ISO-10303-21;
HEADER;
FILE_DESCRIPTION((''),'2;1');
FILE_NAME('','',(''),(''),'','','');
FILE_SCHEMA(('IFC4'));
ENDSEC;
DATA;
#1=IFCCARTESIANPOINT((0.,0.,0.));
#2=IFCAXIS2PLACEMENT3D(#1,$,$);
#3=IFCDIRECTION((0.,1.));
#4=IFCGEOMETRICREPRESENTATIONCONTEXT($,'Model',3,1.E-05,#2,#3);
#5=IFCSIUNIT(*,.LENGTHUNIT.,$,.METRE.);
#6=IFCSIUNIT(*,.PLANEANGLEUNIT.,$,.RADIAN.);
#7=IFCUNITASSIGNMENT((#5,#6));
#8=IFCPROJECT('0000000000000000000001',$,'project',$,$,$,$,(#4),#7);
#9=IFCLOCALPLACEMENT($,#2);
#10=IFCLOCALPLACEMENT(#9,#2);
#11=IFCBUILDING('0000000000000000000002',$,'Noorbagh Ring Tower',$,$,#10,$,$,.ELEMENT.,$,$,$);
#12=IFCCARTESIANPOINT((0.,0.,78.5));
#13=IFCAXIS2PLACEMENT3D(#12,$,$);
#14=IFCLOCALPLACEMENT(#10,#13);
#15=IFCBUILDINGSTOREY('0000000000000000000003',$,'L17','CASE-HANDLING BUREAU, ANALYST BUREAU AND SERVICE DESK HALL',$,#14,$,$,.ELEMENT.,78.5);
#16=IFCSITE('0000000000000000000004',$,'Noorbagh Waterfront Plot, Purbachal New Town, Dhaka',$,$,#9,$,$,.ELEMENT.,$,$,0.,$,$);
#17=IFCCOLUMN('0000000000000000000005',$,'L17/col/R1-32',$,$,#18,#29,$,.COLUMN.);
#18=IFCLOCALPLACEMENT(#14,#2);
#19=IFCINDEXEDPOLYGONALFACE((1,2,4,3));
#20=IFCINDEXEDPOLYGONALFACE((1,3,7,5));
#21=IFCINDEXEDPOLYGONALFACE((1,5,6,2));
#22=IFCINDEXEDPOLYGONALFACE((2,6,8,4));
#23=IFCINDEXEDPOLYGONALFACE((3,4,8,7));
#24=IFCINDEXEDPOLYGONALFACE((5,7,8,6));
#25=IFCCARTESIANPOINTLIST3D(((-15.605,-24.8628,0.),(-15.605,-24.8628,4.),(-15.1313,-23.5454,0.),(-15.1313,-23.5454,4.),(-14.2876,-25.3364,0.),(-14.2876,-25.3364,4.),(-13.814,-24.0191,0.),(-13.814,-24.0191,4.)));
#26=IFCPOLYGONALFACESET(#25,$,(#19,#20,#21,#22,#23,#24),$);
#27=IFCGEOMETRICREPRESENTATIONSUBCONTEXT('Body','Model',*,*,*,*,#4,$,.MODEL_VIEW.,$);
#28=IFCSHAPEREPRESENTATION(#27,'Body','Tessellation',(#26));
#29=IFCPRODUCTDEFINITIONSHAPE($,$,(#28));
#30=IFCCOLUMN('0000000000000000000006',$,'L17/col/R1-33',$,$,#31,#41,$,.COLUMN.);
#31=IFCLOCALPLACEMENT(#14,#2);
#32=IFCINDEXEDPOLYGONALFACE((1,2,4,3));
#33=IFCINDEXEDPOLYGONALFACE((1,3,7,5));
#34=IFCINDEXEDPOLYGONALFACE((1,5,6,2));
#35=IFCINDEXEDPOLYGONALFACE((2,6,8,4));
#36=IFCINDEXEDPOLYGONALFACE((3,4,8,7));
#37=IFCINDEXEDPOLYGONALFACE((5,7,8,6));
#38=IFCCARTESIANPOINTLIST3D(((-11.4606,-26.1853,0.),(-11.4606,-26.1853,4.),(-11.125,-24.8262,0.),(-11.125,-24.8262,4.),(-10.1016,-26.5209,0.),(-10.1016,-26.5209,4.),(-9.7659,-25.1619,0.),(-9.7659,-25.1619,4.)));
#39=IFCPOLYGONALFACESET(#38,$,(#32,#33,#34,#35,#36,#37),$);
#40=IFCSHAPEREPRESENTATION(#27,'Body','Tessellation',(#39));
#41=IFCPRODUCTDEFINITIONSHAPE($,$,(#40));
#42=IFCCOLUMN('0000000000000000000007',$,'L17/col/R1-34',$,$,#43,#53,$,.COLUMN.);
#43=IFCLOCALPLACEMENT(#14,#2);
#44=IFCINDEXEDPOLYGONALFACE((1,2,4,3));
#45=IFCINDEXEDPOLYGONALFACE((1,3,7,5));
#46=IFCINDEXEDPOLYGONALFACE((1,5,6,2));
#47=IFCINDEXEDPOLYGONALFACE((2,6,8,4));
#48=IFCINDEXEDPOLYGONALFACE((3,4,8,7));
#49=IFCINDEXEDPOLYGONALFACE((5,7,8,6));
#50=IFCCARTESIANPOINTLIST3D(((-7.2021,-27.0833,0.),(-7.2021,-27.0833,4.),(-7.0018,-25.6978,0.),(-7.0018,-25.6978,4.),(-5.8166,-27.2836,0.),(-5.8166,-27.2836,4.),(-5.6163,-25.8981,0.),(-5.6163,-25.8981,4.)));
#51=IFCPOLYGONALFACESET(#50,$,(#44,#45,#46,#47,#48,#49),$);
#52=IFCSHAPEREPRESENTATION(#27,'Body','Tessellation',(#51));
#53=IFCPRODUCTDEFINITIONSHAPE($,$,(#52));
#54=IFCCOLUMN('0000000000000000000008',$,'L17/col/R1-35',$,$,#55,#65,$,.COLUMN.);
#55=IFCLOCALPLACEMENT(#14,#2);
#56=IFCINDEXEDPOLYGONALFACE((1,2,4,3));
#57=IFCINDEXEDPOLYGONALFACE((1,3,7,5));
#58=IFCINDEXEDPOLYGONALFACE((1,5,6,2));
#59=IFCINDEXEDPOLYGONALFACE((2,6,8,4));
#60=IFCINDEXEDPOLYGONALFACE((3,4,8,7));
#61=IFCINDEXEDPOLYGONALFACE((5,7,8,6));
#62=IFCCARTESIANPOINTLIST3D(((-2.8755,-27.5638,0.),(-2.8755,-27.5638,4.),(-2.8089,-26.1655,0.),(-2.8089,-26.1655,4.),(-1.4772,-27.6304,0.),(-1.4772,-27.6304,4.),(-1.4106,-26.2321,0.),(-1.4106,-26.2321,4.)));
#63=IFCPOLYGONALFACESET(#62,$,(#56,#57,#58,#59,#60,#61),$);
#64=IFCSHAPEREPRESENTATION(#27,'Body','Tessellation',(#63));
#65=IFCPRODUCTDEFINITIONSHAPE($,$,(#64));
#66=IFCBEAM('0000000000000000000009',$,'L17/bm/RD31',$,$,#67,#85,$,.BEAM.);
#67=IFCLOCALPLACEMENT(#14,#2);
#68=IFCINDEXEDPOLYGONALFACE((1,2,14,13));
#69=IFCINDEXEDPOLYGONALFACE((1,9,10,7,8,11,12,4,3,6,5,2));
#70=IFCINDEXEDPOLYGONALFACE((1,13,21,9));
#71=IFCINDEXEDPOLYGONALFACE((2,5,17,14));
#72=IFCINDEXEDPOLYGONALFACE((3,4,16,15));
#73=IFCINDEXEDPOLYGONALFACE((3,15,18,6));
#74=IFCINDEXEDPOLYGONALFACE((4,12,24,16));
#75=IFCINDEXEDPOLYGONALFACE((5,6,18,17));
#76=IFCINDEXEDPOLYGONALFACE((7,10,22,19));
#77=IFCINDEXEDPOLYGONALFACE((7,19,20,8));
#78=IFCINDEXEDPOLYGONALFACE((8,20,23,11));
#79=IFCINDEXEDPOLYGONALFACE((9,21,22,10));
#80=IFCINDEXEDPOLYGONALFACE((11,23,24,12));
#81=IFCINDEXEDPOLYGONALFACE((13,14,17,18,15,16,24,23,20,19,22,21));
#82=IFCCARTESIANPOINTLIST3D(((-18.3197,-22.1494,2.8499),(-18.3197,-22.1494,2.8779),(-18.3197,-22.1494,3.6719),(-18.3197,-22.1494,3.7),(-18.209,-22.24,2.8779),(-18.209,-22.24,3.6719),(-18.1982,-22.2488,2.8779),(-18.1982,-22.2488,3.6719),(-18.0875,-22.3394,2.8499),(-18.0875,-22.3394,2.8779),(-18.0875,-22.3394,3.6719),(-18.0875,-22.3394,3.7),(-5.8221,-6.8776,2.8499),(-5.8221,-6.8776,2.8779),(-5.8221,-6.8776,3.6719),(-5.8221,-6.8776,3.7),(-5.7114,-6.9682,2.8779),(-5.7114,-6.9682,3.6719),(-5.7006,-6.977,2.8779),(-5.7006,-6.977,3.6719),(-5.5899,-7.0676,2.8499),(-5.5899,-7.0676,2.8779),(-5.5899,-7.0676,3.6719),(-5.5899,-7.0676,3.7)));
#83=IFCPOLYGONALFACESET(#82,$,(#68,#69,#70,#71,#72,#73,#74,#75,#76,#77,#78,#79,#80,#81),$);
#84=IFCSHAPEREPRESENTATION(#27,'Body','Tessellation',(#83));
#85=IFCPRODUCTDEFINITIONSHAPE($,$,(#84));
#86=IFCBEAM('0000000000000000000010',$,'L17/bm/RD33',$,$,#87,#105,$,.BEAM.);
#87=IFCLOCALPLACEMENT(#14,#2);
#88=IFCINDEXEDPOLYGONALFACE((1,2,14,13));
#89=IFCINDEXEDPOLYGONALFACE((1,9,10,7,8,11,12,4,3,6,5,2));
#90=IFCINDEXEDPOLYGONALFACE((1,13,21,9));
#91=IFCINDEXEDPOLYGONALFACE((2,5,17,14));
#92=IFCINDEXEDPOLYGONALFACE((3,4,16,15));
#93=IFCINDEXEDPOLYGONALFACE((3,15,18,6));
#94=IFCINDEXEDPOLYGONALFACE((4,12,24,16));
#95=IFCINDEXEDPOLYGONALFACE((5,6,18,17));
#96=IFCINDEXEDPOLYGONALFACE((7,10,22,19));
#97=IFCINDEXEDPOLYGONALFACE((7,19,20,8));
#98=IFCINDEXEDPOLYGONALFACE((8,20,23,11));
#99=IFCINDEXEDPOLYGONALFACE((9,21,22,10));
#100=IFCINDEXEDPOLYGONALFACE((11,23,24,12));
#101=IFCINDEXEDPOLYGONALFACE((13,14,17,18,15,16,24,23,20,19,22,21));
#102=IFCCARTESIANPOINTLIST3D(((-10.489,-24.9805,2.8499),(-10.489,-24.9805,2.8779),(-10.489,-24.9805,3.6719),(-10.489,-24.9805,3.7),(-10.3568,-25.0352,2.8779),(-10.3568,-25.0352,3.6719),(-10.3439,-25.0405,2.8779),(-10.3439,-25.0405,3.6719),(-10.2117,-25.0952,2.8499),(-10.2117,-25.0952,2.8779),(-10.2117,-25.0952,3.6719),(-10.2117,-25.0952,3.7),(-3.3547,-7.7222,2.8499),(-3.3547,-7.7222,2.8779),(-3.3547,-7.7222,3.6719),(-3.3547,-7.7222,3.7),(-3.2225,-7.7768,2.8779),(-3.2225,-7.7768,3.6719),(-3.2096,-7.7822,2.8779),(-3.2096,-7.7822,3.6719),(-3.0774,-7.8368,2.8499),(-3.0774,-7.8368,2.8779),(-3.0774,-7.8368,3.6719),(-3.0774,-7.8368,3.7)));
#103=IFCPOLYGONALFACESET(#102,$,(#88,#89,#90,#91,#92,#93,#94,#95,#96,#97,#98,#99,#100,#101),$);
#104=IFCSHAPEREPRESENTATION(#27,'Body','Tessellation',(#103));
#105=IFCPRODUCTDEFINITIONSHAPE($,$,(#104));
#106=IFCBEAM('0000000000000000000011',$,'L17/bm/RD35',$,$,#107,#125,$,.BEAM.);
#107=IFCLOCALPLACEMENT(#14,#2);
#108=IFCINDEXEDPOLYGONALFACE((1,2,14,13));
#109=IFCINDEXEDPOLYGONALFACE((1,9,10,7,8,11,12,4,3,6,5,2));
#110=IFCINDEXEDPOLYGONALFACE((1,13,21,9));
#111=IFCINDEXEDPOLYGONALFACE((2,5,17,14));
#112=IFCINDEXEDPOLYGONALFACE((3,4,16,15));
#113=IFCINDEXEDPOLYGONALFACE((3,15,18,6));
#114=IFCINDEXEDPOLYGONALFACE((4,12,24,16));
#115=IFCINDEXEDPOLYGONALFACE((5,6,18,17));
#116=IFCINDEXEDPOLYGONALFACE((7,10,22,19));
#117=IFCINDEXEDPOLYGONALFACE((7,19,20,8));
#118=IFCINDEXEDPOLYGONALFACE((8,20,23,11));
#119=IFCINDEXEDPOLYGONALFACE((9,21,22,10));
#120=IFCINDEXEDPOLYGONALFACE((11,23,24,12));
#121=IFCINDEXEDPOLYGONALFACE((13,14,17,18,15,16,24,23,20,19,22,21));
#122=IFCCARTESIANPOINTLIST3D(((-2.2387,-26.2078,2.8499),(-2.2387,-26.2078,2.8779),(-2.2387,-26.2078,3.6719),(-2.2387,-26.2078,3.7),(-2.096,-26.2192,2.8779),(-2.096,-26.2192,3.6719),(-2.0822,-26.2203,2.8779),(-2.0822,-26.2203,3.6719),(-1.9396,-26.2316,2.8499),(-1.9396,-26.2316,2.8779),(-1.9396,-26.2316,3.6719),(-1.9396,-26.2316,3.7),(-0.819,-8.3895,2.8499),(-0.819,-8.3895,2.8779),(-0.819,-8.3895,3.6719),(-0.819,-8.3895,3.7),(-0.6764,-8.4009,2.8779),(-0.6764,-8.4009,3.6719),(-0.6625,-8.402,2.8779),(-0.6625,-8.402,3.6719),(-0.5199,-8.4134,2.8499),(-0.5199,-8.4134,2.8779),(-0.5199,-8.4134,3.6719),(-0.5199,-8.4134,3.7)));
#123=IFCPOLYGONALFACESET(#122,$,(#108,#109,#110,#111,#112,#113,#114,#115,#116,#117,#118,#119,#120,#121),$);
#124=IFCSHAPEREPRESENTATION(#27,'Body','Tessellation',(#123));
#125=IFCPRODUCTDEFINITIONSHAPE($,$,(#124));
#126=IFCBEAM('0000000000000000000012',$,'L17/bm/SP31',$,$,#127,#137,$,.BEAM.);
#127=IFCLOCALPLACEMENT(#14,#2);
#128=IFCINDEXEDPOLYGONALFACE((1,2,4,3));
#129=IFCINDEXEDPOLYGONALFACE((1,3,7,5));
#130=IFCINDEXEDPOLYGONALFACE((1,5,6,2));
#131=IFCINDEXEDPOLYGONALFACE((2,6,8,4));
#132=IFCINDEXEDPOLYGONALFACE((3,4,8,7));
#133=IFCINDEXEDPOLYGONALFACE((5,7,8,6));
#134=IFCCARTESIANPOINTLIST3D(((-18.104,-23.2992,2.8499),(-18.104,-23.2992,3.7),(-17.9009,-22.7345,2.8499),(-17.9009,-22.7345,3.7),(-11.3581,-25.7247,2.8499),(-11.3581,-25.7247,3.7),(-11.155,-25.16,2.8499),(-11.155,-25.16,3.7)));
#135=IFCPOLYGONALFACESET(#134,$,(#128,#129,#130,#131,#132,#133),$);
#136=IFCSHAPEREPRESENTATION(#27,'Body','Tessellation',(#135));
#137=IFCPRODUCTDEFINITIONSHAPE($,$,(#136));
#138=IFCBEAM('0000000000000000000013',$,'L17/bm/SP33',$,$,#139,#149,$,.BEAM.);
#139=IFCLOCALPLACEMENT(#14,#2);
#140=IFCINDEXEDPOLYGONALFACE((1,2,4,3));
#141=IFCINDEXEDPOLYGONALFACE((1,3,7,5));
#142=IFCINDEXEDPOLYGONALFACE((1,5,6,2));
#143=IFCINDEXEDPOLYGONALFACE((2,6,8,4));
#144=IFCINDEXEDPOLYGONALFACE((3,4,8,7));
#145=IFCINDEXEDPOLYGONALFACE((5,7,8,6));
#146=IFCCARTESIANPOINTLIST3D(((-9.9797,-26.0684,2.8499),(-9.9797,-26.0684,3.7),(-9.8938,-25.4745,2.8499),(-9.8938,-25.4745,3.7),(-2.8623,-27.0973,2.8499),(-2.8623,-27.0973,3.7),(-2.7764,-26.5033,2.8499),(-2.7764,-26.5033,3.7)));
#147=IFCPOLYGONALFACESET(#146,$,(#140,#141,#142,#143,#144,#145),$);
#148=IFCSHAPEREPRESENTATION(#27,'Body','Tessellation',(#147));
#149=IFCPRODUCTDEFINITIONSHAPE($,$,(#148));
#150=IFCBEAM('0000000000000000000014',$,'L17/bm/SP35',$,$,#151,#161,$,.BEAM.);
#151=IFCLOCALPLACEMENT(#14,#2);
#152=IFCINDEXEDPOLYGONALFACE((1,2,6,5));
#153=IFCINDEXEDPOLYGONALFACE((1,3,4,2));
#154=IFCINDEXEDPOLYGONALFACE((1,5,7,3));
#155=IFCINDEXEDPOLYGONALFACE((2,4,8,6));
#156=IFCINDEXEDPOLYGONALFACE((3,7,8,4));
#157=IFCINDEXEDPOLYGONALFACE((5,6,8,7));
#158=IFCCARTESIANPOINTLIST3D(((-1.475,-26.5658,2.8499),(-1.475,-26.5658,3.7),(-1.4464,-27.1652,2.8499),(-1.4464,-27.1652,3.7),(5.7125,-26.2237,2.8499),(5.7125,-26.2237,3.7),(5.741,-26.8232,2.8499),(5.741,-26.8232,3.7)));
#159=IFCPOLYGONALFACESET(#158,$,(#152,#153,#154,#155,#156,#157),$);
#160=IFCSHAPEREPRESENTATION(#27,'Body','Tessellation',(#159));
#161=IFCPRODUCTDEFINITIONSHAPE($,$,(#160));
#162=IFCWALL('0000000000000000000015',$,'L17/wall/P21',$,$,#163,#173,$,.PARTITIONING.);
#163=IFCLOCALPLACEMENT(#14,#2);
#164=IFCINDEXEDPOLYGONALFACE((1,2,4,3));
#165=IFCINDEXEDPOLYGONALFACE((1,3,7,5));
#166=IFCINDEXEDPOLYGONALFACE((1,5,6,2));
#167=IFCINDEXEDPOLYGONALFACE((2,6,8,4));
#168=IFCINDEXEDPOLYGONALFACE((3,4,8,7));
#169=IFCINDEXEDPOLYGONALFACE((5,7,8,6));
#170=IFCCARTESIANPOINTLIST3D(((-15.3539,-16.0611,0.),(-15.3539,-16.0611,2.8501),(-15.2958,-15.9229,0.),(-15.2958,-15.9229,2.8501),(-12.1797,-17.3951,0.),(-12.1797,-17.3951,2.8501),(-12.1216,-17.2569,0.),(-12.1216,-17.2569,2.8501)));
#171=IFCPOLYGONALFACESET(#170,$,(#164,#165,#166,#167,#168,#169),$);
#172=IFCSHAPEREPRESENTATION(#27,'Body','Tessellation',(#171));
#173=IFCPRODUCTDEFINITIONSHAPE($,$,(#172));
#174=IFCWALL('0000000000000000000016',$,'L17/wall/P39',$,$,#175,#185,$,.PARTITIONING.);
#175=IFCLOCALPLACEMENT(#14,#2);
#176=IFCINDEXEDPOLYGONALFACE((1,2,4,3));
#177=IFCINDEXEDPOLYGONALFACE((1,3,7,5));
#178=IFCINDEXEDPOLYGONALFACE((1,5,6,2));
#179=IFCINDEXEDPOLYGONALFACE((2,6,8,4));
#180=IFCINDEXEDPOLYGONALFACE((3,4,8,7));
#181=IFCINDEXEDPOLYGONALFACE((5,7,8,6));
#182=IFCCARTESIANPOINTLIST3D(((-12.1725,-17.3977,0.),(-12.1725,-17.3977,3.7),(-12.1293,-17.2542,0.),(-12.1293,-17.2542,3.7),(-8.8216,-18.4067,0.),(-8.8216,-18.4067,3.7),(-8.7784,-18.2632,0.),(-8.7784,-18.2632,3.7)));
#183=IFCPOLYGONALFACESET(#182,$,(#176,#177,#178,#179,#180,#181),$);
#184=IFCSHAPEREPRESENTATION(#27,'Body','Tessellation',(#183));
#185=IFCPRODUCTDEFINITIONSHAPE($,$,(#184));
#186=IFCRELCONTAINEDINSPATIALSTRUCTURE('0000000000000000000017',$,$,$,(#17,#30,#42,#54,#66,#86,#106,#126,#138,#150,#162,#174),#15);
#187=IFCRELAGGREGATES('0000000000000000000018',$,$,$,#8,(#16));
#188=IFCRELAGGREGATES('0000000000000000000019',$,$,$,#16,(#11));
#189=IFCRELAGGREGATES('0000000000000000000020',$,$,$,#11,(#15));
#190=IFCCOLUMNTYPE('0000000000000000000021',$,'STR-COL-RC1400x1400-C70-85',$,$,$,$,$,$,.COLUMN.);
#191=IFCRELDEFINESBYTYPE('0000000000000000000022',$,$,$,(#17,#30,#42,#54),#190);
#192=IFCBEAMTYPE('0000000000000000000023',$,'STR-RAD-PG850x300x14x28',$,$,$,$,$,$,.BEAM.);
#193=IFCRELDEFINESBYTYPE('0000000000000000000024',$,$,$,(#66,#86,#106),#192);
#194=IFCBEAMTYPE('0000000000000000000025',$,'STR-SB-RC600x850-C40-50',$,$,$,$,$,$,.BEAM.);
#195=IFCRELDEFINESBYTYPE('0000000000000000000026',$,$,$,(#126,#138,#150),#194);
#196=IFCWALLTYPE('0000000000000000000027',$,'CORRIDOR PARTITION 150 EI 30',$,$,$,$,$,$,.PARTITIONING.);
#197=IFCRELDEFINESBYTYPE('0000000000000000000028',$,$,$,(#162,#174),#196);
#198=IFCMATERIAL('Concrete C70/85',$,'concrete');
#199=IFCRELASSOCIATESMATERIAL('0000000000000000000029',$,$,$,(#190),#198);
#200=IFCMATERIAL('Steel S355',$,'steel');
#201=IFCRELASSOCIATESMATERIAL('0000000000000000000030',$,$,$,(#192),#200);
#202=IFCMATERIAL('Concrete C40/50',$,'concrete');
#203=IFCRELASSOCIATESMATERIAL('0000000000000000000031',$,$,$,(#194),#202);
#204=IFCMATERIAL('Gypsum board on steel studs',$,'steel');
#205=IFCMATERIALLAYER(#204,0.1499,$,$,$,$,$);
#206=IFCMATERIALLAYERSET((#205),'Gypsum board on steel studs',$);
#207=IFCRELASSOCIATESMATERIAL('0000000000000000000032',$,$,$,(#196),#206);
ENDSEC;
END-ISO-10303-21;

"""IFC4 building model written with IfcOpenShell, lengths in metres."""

from ifc_helpers import new_model, si_unit, direction, frame, frame_2d, origin, origin_2d, place, context, subcontext, project, spatial, rectangle, i_section, extrude, material, layer, layer_set, material_profile, profile_set, type_object, element, save


model = new_model("IFC4")

# Units and contexts
model_context = context("Model", 3, precision=1e-05, world=origin(), true_north=direction((0.0, 1.0)))
body_context = subcontext(model_context, "Body", "Model", "MODEL_VIEW")
ifc_project = project(units=[si_unit("LENGTHUNIT", "METRE"), si_unit("PLANEANGLEUNIT", "RADIAN")], contexts=[model_context])

# Site, building, storey
site_placement = place(None, origin())
site = spatial("IfcSite", under=ifc_project, at=site_placement, Name="Noorbagh Waterfront Plot, Purbachal New Town, Dhaka", CompositionType="ELEMENT", RefElevation=0.0)
building_placement = place(site_placement, origin())
building = spatial("IfcBuilding", under=site, at=building_placement, Name="Noorbagh Ring Tower", CompositionType="ELEMENT")
storey_placement = place(building_placement, frame((0.0, 0.0, 78.5)))
storey = spatial("IfcBuildingStorey", under=building, at=storey_placement, Name="L17", Description="CASE-HANDLING BUREAU, ANALYST BUREAU AND SERVICE DESK HALL", CompositionType="ELEMENT", Elevation=78.5)

# Columns
ifc_material_1 = material(Name="Concrete C70/85", Category="concrete")
ifc_material_profile_1 = material_profile(ifc_material_1, rectangle(XDim=1.3999, YDim=1.3999, at=origin_2d()), Name="RC1400x1400")
ifc_profile_set_1 = profile_set([ifc_material_profile_1], Name="Concrete C70/85")
column_type = type_object("IfcColumnType", Name="STR-COL-RC1400x1400-C70-85", PredefinedType="COLUMN", material=ifc_profile_set_1)
for number, where, z_axis, x_axis, name in (
    (1, (-14.7095, -24.4409, 0.0), (0.0, 0.0, 1.0), (0.941025, -0.338338, 0.0), "L17/col/R1-32"),
    (2, (-10.6133, -25.6736, 0.0), (0.0, 0.0, 1.0), (0.970829, -0.239771, 0.0), "L17/col/R1-33"),
    (3, (-6.4092, -26.4907, 0.0), (0.0, 0.0, 1.0), (0.989713, -0.143066, 0.0), "L17/col/R1-34"),
    (4, (-2.1431, -26.8979, 0.0), (0.0, 0.0, 1.0), (0.998869, -0.047553, 0.0), "L17/col/R1-35"),
):
    element("IfcColumn", number, at=place(storey_placement, frame(where, z_axis=z_axis, x_axis=x_axis)), inside=storey, type_object=column_type, Name=name, PredefinedType="COLUMN", context=body_context, shape_type="SweptSolid", body=[
        extrude(rectangle(XDim=1.3999, YDim=1.3999, at=origin_2d()), origin(), (0.0, 0.0, 1.0), 4.0),
    ])

# Beams
ifc_material_2 = material(Name="Steel S355", Category="steel")
ifc_material_profile_2 = material_profile(ifc_material_2, i_section(OverallWidth=0.3, OverallDepth=0.8501, WebThickness=0.0139, FlangeThickness=0.0281, at=origin_2d()), Name="PG850x300x14x28")
ifc_profile_set_2 = profile_set([ifc_material_profile_2], Name="Steel S355")
beam_type_1 = type_object("IfcBeamType", Name="STR-RAD-PG850x300x14x28", PredefinedType="BEAM", material=ifc_profile_set_2)
beam_1_placement = place(storey_placement, frame((-18.2036, -22.2444, 3.2749), z_axis=(0.633314, 0.773895, 0.0), x_axis=(-0.773895, 0.633314, 0.0)))
element("IfcBeam", 5, at=beam_1_placement, inside=storey, type_object=beam_type_1, Name="L17/bm/RD31", PredefinedType="BEAM", context=body_context, shape_type="SweptSolid", body=[
    extrude(i_section(OverallWidth=0.3, OverallDepth=0.8501, WebThickness=0.0139, FlangeThickness=0.0281, at=origin_2d()), origin(), (0.0, 0.0, 1.0), 19.7336),
])
beam_2_placement = place(storey_placement, frame((-10.3503, -25.0378, 3.2749), z_axis=(0.382028, 0.924151, 0.0), x_axis=(-0.924151, 0.382028, 0.0)))
element("IfcBeam", 6, at=beam_2_placement, inside=storey, type_object=beam_type_1, Name="L17/bm/RD33", PredefinedType="BEAM", context=body_context, shape_type="SweptSolid", body=[
    extrude(i_section(OverallWidth=0.3, OverallDepth=0.8501, WebThickness=0.0139, FlangeThickness=0.0281, at=origin_2d()), origin(), (0.0, 0.0, 1.0), 18.6748),
])
beam_3_placement = place(storey_placement, frame((-2.0891, -26.2197, 3.2749), z_axis=(0.079423, 0.996841, 0.0), x_axis=(-0.996841, 0.079423, 0.0)))
element("IfcBeam", 7, at=beam_3_placement, inside=storey, type_object=beam_type_1, Name="L17/bm/RD35", PredefinedType="BEAM", context=body_context, shape_type="SweptSolid", body=[
    extrude(i_section(OverallWidth=0.3, OverallDepth=0.8501, WebThickness=0.0139, FlangeThickness=0.0281, at=origin_2d()), origin(), (0.0, 0.0, 1.0), 17.8748),
])
ifc_material_3 = material(Name="Concrete C40/50", Category="concrete")
ifc_material_profile_3 = material_profile(ifc_material_3, rectangle(XDim=0.6001, YDim=0.8501, at=origin_2d()), Name="RC600x850")
ifc_profile_set_3 = profile_set([ifc_material_profile_3], Name="Concrete C40/50")
beam_type_2 = type_object("IfcBeamType", Name="STR-SB-RC600x850-C40-50", PredefinedType="BEAM", material=ifc_profile_set_3)
beam_4_placement = place(storey_placement, frame((-18.0024, -23.0168, 3.2749), z_axis=(0.941019, -0.338353, 0.0), x_axis=(0.338353, 0.941019, 0.0)))
element("IfcBeam", 8, at=beam_4_placement, inside=storey, type_object=beam_type_2, Name="L17/bm/SP31", PredefinedType="BEAM", context=body_context, shape_type="SweptSolid", body=[
    extrude(rectangle(XDim=0.6001, YDim=0.8501, at=origin_2d()), origin(), (0.0, 0.0, 1.0), 7.1687),
])
beam_5_placement = place(storey_placement, frame((-9.9368, -25.7715, 3.2749), z_axis=(0.989714, -0.143061, 0.0), x_axis=(0.143061, 0.989714, 0.0)))
element("IfcBeam", 9, at=beam_5_placement, inside=storey, type_object=beam_type_2, Name="L17/bm/SP33", PredefinedType="BEAM", context=body_context, shape_type="SweptSolid", body=[
    extrude(rectangle(XDim=0.6001, YDim=0.8501, at=origin_2d()), origin(), (0.0, 0.0, 1.0), 7.1914),
])
beam_6_placement = place(storey_placement, frame((-1.4607, -26.8655, 3.2749), z_axis=(0.99887, 0.047535, 0.0), x_axis=(-0.047535, 0.99887, 0.0)))
element("IfcBeam", 10, at=beam_6_placement, inside=storey, type_object=beam_type_2, Name="L17/bm/SP35", PredefinedType="BEAM", context=body_context, shape_type="SweptSolid", body=[
    extrude(rectangle(XDim=0.6001, YDim=0.8501, at=origin_2d()), origin(), (0.0, 0.0, 1.0), 7.1956),
])

# Walls
ifc_material_4 = material(Name="Gypsum board on steel studs", Category="steel")
ifc_layer_1 = layer(ifc_material_4, 0.1499)
ifc_layer_set_1 = layer_set([ifc_layer_1], Name="Gypsum board on steel studs")
wall_type_1 = type_object("IfcWallType", Name="CORRIDOR PARTITION 150 EI 30", PredefinedType="PARTITIONING", material=ifc_layer_set_1)
wall_1_placement = place(storey_placement, frame((-15.325, -15.9919, 0.0), z_axis=(0.0, 0.0, 1.0), x_axis=(0.921891, -0.387448, 0.0)))
element("IfcWall", 11, at=wall_1_placement, inside=storey, type_object=wall_type_1, Name="L17/wall/P21", PredefinedType="PARTITIONING", context=body_context, shape_type="SweptSolid", body=[
    extrude(rectangle(XDim=3.4431, YDim=0.1499, at=frame_2d((1.7217, 0.0))), origin(), (0.0, 0.0, 1.0), 2.8501),
])
wall_2_placement = place(storey_placement, frame((-12.1509, -17.3259, 0.0), z_axis=(0.0, 0.0, 1.0), x_axis=(0.957528, -0.28834, 0.0)))
element("IfcWall", 12, at=wall_2_placement, inside=storey, type_object=wall_type_1, Name="L17/wall/P39", PredefinedType="PARTITIONING", context=body_context, shape_type="SweptSolid", body=[
    extrude(rectangle(XDim=3.4995, YDim=0.1499, at=frame_2d((1.7498, 0.0))), origin(), (0.0, 0.0, 1.0), 3.7),
])

save(model, "model.ifc")
